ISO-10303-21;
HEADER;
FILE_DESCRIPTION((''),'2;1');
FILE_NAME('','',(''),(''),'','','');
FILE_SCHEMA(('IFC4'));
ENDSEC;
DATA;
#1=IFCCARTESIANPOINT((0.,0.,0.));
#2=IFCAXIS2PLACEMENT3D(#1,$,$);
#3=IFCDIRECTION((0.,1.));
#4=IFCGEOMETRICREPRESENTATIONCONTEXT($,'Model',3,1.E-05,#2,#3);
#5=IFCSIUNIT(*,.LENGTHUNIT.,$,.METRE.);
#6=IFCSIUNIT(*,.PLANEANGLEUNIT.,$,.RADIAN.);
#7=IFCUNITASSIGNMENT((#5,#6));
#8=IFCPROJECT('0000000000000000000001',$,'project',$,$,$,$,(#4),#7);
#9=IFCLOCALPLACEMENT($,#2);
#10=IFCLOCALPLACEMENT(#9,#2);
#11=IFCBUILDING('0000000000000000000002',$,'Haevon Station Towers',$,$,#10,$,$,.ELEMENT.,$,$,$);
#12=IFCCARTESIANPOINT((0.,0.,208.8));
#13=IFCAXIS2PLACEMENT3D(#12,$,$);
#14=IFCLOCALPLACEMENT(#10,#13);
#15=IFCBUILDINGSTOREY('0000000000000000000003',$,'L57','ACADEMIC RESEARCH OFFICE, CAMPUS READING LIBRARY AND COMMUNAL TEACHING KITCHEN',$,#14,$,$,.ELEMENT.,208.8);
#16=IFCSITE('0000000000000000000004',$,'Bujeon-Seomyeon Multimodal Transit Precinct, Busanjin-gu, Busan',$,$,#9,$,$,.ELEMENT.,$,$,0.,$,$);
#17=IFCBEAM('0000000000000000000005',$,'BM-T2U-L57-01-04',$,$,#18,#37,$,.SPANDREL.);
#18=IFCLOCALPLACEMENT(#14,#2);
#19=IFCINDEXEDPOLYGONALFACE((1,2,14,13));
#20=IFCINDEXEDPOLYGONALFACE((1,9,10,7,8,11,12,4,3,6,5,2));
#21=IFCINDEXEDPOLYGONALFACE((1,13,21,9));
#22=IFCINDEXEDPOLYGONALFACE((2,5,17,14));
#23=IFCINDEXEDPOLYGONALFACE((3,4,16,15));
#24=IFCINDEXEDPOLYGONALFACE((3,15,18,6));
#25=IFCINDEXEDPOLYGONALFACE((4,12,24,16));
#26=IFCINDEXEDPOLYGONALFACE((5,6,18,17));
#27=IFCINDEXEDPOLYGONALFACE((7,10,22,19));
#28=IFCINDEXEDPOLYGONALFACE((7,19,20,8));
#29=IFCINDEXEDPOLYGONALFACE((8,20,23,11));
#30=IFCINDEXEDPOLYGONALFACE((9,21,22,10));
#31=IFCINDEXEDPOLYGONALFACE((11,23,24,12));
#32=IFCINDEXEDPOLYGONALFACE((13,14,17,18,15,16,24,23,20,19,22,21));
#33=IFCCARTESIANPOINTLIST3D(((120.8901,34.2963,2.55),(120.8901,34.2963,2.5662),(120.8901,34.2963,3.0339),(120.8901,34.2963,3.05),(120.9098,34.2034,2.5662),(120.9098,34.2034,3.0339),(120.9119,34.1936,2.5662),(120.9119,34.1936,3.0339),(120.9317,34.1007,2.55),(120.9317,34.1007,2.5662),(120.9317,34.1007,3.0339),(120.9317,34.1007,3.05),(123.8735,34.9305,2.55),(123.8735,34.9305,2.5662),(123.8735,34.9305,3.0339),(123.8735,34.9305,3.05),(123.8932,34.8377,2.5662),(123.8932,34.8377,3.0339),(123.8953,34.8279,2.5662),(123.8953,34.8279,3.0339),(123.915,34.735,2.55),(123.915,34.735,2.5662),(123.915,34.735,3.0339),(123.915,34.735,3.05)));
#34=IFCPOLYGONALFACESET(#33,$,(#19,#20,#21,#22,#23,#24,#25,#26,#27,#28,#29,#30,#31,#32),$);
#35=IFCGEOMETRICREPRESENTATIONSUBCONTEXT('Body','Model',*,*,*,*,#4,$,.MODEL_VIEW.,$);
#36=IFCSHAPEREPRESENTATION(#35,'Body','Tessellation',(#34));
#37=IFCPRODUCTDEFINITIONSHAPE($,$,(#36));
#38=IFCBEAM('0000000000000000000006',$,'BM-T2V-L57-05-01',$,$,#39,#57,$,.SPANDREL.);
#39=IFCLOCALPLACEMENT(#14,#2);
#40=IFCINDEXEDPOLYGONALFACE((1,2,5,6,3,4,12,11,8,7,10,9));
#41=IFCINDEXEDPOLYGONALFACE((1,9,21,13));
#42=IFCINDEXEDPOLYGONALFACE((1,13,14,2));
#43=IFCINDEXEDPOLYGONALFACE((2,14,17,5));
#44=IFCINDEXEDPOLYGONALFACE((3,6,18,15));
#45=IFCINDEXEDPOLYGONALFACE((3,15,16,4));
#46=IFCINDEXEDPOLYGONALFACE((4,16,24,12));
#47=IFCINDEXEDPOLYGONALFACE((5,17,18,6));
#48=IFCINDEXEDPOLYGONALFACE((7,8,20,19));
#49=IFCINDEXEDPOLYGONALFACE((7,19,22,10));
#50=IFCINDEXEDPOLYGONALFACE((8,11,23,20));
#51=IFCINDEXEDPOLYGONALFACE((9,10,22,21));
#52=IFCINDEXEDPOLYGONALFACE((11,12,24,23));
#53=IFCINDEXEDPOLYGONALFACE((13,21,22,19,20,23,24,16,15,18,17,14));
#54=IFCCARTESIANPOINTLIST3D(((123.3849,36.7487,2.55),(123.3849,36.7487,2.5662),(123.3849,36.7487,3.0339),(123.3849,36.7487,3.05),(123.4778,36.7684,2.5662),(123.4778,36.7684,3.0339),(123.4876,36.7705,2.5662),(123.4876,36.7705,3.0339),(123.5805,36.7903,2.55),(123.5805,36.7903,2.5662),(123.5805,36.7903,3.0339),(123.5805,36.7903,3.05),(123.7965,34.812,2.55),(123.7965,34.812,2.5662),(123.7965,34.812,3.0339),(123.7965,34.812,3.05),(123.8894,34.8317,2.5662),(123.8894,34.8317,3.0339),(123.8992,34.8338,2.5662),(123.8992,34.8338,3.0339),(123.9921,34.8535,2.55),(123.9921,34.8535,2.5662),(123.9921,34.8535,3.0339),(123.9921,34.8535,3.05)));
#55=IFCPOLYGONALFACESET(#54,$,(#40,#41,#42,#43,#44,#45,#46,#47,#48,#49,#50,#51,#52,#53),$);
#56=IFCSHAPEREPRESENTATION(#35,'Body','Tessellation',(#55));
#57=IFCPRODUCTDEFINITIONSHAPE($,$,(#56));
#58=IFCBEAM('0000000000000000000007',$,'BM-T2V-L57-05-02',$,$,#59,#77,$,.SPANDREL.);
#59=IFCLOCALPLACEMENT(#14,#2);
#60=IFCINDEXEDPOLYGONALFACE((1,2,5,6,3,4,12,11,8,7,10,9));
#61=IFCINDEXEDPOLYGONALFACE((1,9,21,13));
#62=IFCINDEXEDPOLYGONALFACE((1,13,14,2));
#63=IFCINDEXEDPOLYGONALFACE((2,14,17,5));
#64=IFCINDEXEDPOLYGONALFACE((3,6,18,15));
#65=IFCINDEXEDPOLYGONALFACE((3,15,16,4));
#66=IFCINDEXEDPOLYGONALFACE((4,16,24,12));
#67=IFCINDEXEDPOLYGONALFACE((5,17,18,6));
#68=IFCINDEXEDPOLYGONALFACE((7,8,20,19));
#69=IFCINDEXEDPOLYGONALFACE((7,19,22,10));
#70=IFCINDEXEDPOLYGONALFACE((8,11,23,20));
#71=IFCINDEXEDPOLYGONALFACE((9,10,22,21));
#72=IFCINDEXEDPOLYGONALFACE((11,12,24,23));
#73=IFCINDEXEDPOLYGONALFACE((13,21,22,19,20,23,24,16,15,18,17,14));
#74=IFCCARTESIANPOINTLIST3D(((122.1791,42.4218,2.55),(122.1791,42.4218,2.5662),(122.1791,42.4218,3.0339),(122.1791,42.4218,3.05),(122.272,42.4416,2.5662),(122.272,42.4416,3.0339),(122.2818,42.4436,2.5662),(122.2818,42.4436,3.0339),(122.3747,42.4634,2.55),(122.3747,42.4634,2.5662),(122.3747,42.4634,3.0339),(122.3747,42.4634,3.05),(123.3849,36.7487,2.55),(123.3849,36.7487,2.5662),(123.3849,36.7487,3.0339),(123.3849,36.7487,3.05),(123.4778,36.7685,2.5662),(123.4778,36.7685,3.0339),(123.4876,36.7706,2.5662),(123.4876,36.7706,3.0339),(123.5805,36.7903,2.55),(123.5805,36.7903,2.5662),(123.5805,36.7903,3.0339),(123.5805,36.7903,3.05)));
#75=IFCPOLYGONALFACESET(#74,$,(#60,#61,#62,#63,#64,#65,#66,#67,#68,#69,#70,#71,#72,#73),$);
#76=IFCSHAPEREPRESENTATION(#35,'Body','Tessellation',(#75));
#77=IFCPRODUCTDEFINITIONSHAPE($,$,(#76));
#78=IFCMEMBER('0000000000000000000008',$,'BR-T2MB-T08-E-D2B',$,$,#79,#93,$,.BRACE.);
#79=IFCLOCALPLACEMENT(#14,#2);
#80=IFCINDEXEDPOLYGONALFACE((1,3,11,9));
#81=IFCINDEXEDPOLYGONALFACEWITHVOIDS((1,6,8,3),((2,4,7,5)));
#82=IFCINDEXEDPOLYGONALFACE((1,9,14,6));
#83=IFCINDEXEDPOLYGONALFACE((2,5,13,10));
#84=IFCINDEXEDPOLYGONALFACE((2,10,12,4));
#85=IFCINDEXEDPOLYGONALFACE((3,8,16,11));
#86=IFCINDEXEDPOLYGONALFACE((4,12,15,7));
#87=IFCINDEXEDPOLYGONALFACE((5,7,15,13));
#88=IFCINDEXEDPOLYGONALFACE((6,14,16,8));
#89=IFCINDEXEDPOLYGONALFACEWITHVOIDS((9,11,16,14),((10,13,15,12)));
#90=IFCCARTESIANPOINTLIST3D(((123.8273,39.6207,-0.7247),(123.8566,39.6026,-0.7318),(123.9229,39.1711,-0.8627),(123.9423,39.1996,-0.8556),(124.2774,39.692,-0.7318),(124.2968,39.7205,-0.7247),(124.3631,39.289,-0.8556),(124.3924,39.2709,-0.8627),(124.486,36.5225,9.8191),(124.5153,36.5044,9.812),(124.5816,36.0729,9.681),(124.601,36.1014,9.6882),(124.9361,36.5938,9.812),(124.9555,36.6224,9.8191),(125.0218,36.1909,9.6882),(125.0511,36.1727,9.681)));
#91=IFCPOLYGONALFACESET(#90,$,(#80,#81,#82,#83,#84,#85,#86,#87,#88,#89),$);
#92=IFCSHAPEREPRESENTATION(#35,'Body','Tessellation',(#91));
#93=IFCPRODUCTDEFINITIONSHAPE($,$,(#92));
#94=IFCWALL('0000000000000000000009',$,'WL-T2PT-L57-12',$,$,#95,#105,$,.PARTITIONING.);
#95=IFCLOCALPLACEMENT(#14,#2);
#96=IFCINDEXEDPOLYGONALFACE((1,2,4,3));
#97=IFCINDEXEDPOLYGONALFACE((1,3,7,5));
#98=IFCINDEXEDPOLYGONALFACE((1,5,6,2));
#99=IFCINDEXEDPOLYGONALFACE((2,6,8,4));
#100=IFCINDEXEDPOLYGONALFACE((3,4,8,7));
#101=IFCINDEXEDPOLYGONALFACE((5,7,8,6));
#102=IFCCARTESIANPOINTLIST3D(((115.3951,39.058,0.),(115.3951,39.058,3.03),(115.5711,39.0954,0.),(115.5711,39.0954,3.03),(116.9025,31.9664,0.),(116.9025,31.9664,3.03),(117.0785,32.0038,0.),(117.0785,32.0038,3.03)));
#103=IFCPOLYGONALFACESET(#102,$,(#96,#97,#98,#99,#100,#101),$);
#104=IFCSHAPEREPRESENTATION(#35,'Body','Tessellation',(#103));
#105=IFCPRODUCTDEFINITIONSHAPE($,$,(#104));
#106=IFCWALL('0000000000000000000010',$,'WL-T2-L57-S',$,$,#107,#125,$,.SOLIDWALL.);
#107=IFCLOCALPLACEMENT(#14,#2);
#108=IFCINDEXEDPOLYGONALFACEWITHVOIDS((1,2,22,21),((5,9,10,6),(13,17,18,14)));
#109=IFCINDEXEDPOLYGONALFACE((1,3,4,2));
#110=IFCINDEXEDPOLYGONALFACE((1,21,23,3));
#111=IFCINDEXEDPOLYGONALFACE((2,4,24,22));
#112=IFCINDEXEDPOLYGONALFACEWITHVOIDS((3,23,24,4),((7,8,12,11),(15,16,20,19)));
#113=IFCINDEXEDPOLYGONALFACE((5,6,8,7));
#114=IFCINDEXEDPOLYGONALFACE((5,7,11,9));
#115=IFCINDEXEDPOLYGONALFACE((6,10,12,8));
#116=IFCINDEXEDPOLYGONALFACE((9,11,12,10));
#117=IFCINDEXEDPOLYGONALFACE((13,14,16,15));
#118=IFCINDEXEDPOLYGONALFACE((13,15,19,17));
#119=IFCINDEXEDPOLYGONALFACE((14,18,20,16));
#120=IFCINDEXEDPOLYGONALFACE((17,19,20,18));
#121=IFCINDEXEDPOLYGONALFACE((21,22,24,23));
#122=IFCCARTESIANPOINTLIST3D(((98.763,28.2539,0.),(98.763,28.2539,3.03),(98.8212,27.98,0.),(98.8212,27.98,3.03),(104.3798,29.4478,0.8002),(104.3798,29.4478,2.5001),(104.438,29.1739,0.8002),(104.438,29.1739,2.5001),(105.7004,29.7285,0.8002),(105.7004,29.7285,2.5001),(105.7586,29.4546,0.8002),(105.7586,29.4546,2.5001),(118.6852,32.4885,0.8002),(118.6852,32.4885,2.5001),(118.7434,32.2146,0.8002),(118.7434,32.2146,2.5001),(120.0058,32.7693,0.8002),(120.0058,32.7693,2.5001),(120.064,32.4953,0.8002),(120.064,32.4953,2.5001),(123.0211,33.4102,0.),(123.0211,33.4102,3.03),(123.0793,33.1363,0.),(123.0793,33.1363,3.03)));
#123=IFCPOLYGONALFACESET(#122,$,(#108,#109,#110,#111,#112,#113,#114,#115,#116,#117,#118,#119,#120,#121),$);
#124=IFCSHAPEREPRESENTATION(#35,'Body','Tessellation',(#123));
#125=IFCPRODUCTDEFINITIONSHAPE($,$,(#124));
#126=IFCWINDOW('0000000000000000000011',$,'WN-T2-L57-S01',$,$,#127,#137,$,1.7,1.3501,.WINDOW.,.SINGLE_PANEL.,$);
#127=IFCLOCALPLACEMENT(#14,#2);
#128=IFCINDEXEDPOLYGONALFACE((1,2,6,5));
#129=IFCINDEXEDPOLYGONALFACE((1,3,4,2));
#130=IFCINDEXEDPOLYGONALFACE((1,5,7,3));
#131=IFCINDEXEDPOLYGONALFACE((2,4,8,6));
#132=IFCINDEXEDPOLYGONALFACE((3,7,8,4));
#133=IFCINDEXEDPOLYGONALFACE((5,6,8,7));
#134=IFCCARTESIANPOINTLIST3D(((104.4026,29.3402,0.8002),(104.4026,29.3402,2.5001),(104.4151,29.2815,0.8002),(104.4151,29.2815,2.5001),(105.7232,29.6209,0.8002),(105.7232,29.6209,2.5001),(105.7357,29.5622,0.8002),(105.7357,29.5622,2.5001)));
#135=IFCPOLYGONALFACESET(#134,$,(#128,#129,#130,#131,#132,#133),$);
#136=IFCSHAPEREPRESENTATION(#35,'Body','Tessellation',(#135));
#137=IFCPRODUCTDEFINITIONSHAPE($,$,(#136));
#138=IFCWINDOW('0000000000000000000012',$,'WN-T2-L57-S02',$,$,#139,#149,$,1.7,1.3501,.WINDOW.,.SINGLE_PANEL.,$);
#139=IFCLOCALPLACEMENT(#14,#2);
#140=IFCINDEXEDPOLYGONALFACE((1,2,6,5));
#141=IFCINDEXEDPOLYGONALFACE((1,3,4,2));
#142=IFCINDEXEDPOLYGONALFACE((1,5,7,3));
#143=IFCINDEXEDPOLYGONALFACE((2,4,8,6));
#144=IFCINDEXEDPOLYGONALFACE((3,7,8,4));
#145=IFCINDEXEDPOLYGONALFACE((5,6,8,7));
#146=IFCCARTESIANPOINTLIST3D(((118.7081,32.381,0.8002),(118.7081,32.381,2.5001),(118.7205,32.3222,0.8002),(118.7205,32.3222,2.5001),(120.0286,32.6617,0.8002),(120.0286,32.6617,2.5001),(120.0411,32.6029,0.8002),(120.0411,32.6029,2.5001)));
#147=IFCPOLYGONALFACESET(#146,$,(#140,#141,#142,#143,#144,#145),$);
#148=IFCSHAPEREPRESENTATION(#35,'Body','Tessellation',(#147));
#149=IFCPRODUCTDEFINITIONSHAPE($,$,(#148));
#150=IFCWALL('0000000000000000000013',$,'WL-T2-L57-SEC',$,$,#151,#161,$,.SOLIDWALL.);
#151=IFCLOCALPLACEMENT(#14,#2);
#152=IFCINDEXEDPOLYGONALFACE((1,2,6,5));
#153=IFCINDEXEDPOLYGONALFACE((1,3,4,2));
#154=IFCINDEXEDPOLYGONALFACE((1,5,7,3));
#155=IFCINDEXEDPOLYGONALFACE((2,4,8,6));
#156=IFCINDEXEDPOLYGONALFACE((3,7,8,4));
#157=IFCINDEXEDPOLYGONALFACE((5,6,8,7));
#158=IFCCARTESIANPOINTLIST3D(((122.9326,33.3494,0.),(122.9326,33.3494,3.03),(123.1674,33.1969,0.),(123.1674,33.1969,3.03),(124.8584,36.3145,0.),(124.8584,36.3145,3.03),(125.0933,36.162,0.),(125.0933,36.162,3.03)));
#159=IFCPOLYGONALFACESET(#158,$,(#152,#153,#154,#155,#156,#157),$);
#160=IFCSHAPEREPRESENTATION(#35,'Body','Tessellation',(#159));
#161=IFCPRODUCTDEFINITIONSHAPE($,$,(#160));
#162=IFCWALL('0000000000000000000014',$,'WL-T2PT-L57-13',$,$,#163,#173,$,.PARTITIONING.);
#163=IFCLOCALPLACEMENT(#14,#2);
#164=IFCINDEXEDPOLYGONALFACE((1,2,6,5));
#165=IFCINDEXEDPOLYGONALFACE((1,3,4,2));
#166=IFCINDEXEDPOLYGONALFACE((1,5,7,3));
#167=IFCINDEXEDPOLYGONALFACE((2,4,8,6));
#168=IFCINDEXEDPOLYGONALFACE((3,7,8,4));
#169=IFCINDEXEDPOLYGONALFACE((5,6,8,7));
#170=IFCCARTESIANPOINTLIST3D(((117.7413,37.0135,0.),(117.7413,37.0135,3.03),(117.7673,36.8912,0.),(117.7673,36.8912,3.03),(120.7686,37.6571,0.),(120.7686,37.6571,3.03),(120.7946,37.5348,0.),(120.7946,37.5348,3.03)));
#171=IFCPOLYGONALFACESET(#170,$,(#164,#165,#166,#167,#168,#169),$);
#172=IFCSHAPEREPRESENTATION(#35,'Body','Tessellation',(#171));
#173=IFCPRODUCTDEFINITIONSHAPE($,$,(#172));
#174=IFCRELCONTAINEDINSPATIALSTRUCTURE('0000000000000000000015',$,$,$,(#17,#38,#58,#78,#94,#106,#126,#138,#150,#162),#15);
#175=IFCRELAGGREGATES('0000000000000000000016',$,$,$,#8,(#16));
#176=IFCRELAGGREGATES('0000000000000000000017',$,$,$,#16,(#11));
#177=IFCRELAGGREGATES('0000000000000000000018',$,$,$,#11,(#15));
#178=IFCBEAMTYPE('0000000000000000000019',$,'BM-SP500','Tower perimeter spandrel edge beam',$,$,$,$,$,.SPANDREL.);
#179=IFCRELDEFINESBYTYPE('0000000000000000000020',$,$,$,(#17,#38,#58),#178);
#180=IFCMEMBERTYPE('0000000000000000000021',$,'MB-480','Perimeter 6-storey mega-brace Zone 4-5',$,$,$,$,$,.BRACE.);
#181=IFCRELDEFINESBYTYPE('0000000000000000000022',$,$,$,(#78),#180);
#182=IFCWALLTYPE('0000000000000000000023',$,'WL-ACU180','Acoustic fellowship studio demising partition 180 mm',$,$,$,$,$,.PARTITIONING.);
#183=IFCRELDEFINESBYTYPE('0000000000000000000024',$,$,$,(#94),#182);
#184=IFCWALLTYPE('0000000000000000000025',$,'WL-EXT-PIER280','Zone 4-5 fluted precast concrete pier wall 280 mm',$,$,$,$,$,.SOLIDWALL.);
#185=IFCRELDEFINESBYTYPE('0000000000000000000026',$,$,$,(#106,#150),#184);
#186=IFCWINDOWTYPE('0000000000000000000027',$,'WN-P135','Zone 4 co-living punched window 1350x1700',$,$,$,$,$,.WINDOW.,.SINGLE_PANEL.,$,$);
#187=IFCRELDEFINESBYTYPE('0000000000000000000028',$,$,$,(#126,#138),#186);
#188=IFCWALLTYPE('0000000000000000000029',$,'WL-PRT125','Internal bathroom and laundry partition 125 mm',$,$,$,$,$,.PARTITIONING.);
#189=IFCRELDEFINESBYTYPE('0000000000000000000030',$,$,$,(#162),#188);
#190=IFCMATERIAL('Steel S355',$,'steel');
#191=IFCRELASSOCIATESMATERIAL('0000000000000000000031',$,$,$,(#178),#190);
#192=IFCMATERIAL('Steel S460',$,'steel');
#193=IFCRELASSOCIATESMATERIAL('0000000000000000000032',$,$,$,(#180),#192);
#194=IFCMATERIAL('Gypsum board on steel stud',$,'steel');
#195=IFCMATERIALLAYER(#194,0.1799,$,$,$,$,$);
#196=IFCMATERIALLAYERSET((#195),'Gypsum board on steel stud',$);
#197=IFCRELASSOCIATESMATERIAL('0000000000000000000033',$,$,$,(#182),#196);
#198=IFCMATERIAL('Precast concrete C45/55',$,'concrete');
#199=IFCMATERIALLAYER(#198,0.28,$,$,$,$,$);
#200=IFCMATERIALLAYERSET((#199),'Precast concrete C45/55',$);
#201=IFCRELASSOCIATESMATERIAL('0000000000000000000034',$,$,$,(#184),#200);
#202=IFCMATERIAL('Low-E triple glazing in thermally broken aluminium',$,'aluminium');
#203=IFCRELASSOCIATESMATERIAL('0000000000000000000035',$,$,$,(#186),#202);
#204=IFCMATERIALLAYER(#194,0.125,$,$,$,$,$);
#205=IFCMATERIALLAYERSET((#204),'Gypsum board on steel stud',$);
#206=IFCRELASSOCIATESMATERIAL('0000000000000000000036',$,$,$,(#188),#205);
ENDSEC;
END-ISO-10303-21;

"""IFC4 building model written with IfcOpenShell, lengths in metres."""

from ifc_helpers import new_model, si_unit, direction, frame, frame_2d, origin, origin_2d, place, context, subcontext, project, spatial, rectangle, hollow_rectangle, i_section, extrude, material, layer, layer_set, material_profile, profile_set, type_object, element, fill, save


model = new_model("IFC4")

# Units and contexts
model_context = context("Model", 3, precision=1e-05, world=origin(), true_north=direction((0.0, 1.0)))
body_context = subcontext(model_context, "Body", "Model", "MODEL_VIEW")
ifc_project = project(units=[si_unit("LENGTHUNIT", "METRE"), si_unit("PLANEANGLEUNIT", "RADIAN")], contexts=[model_context])

# Site, building, storey
site_placement = place(None, origin())
site = spatial("IfcSite", under=ifc_project, at=site_placement, Name="Bujeon-Seomyeon Multimodal Transit Precinct, Busanjin-gu, Busan", CompositionType="ELEMENT", RefElevation=0.0)
building_placement = place(site_placement, origin())
building = spatial("IfcBuilding", under=site, at=building_placement, Name="Haevon Station Towers", CompositionType="ELEMENT")
storey_placement = place(building_placement, frame((0.0, 0.0, 208.8)))
storey = spatial("IfcBuildingStorey", under=building, at=storey_placement, Name="L57", Description="ACADEMIC RESEARCH OFFICE, CAMPUS READING LIBRARY AND COMMUNAL TEACHING KITCHEN", CompositionType="ELEMENT", Elevation=208.8)

# Shared definitions
ifc_material_1 = material(Name="Steel S460", Category="steel")
ifc_material_2 = material(Name="Steel S355", Category="steel")

# Beams
ifc_material_profile_1 = material_profile(ifc_material_2, i_section(OverallWidth=0.2, OverallDepth=0.5, WebThickness=0.01, FlangeThickness=0.0161, at=origin_2d()), Name="H-500x200x10x16")
ifc_profile_set_1 = profile_set([ifc_material_profile_1], Name="Steel S355")
beam_type_1 = type_object("IfcBeamType", Name="BM-SP500", Description="Tower perimeter spandrel edge beam", PredefinedType="SPANDREL", material=ifc_profile_set_1)
beam_1_placement = place(storey_placement, frame((120.9109, 34.1985, 2.8), z_axis=(0.978139, 0.207954, 0.0), x_axis=(-0.207954, 0.978139, 0.0)))
element("IfcBeam", 1, at=beam_1_placement, inside=storey, type_object=beam_type_1, Name="BM-T2U-L57-01-04", PredefinedType="SPANDREL", context=body_context, shape_type="SweptSolid", body=[
    extrude(i_section(OverallWidth=0.2, OverallDepth=0.5, WebThickness=0.01, FlangeThickness=0.0161, at=origin_2d()), origin(), (0.0, 0.0, 1.0), 3.05),
])
beam_2_placement = place(storey_placement, frame((123.8943, 34.8328, 2.8), z_axis=(-0.207887, 0.978153, 0.0), x_axis=(-0.978153, -0.207887, 0.0)))
element("IfcBeam", 2, at=beam_2_placement, inside=storey, type_object=beam_type_1, Name="BM-T2V-L57-05-01", PredefinedType="SPANDREL", context=body_context, shape_type="SweptSolid", body=[
    extrude(i_section(OverallWidth=0.2, OverallDepth=0.5, WebThickness=0.01, FlangeThickness=0.0161, at=origin_2d()), origin(), (0.0, 0.0, 1.0), 1.98),
])
beam_3_placement = place(storey_placement, frame((123.4827, 36.7695, 2.8), z_axis=(-0.207905, 0.978149, 0.0), x_axis=(-0.978149, -0.207905, 0.0)))
element("IfcBeam", 3, at=beam_3_placement, inside=storey, type_object=beam_type_1, Name="BM-T2V-L57-05-02", PredefinedType="SPANDREL", context=body_context, shape_type="SweptSolid", body=[
    extrude(i_section(OverallWidth=0.2, OverallDepth=0.5, WebThickness=0.01, FlangeThickness=0.0161, at=origin_2d()), origin(), (0.0, 0.0, 1.0), 5.7998),
])

# Member
ifc_material_profile_2 = material_profile(ifc_material_1, hollow_rectangle(XDim=0.48, YDim=0.48, WallThickness=0.0249, at=origin_2d()), Name="RHS-480x480x25")
ifc_profile_set_2 = profile_set([ifc_material_profile_2], Name="Steel S460")
member_type = type_object("IfcMemberType", Name="MB-480", Description="Perimeter 6-storey mega-brace Zone 4-5", PredefinedType="BRACE", material=ifc_profile_set_2)
member_placement = place(storey_placement, frame((124.1099, 39.4458, -0.7937), z_axis=(0.059831, -0.281415, 0.957719), x_axis=(0.978137, 0.20796, 0.0)))
element("IfcMember", 4, at=member_placement, inside=storey, type_object=member_type, Name="BR-T2MB-T08-E-D2B", PredefinedType="BRACE", context=body_context, shape_type="SweptSolid", body=[
    extrude(hollow_rectangle(XDim=0.48, YDim=0.48, WallThickness=0.0249, at=origin_2d()), origin(), (0.0, 0.0, 1.0), 11.0093),
])

# Wall
ifc_material_3 = material(Name="Gypsum board on steel stud", Category="steel")
ifc_layer_1 = layer(ifc_material_3, 0.1799)
ifc_layer_set_1 = layer_set([ifc_layer_1], Name="Gypsum board on steel stud")
wall_type_1 = type_object("IfcWallType", Name="WL-ACU180", Description="Acoustic fellowship studio demising partition 180 mm", PredefinedType="PARTITIONING", material=ifc_layer_set_1)
wall_1_placement = place(storey_placement, frame((116.9905, 31.9851, 0.0), z_axis=(0.0, 0.0, 1.0), x_axis=(-0.207907, 0.978148, 0.0)))
element("IfcWall", 5, at=wall_1_placement, inside=storey, type_object=wall_type_1, Name="WL-T2PT-L57-12", PredefinedType="PARTITIONING", context=body_context, shape_type="SweptSolid", body=[
    extrude(rectangle(XDim=7.25, YDim=0.1799, at=frame_2d((3.625, 0.0))), origin(), (0.0, 0.0, 1.0), 3.03),
])

# Wall, openings, windows
ifc_material_4 = material(Name="Precast concrete C45/55", Category="concrete")
ifc_layer_2 = layer(ifc_material_4, 0.28)
ifc_layer_set_2 = layer_set([ifc_layer_2], Name="Precast concrete C45/55")
wall_type_2 = type_object("IfcWallType", Name="WL-EXT-PIER280", Description="Zone 4-5 fluted precast concrete pier wall 280 mm", PredefinedType="SOLIDWALL", material=ifc_layer_set_2)
wall_2_placement = place(storey_placement, frame((123.05, 33.2732, 0.0), z_axis=(0.0, 0.0, 1.0), x_axis=(-0.978147, -0.207913, 0.0)))
wall_2 = element("IfcWall", 6, at=wall_2_placement, inside=storey, type_object=wall_type_2, Name="WL-T2-L57-S", PredefinedType="SOLIDWALL", context=body_context, shape_type="SweptSolid", body=[
    extrude(rectangle(XDim=24.8, YDim=0.28, at=frame_2d((12.3999, 0.0))), origin(), (0.0, 0.0, 1.0), 3.03),
])
opening_1_placement = place(wall_2_placement, frame((17.7075, 0.0, 0.8)))
opening_1 = element("IfcOpeningElement", 7, at=opening_1_placement, cuts=wall_2, PredefinedType="OPENING", context=body_context, shape_type="SweptSolid", body=[
    extrude(rectangle(XDim=1.3501, YDim=1.7, at=frame_2d((0.675, 0.8501))), frame((0.0, 0.1499, 0.0), z_axis=(0.0, -1.0, 0.0), x_axis=(1.0, 0.0, 0.0)), (0.0, 0.0, 1.0), 0.3),
])
opening_2_placement = place(wall_2_placement, frame((3.0825, 0.0, 0.8)))
opening_2 = element("IfcOpeningElement", 8, at=opening_2_placement, cuts=wall_2, PredefinedType="OPENING", context=body_context, shape_type="SweptSolid", body=[
    extrude(rectangle(XDim=1.3501, YDim=1.7, at=frame_2d((0.675, 0.8501))), frame((0.0, 0.1499, 0.0), z_axis=(0.0, -1.0, 0.0), x_axis=(1.0, 0.0, 0.0)), (0.0, 0.0, 1.0), 0.3),
])
ifc_material_5 = material(Name="Low-E triple glazing in thermally broken aluminium", Category="aluminium")
window_type = type_object("IfcWindowType", Name="WN-P135", Description="Zone 4 co-living punched window 1350x1700", PartitioningType="SINGLE_PANEL", PredefinedType="WINDOW", material=ifc_material_5)
window_1_placement = place(opening_1_placement, origin())
window_1 = element("IfcWindow", 9, at=window_1_placement, inside=storey, type_object=window_type, Name="WN-T2-L57-S01", OverallHeight=1.7, OverallWidth=1.3501, PartitioningType="SINGLE_PANEL", PredefinedType="WINDOW", context=body_context, shape_type="SweptSolid", body=[
    extrude(rectangle(XDim=1.3501, YDim=1.7, at=frame_2d((0.675, 0.8501))), frame((0.0, 0.03, 0.0), z_axis=(0.0, -1.0, 0.0), x_axis=(1.0, 0.0, 0.0)), (0.0, 0.0, 1.0), 0.0601),
])
fill(opening_1, window_1)
window_2_placement = place(opening_2_placement, origin())
window_2 = element("IfcWindow", 10, at=window_2_placement, inside=storey, type_object=window_type, Name="WN-T2-L57-S02", OverallHeight=1.7, OverallWidth=1.3501, PartitioningType="SINGLE_PANEL", PredefinedType="WINDOW", context=body_context, shape_type="SweptSolid", body=[
    extrude(rectangle(XDim=1.3501, YDim=1.7, at=frame_2d((0.675, 0.8501))), frame((0.0, 0.03, 0.0), z_axis=(0.0, -1.0, 0.0), x_axis=(1.0, 0.0, 0.0)), (0.0, 0.0, 1.0), 0.0601),
])
fill(opening_2, window_2)

# Walls
wall_3_placement = place(storey_placement, frame((124.9758, 36.2383, 0.0), z_axis=(0.0, 0.0, 1.0), x_axis=(-0.544685, -0.838641, 0.0)))
element("IfcWall", 11, at=wall_3_placement, inside=storey, type_object=wall_type_2, Name="WL-T2-L57-SEC", PredefinedType="SOLIDWALL", context=body_context, shape_type="SweptSolid", body=[
    extrude(rectangle(XDim=3.5356, YDim=0.28, at=frame_2d((1.7678, 0.0))), origin(), (0.0, 0.0, 1.0), 3.03),
])
ifc_layer_3 = layer(ifc_material_3, 0.125)
ifc_layer_set_3 = layer_set([ifc_layer_3], Name="Gypsum board on steel stud")
wall_type_3 = type_object("IfcWallType", Name="WL-PRT125", Description="Internal bathroom and laundry partition 125 mm", PredefinedType="PARTITIONING", material=ifc_layer_set_3)
wall_4_placement = place(storey_placement, frame((117.7544, 36.9524, 0.0), z_axis=(0.0, 0.0, 1.0), x_axis=(0.978143, 0.207934, 0.0)))
element("IfcWall", 12, at=wall_4_placement, inside=storey, type_object=wall_type_3, Name="WL-T2PT-L57-13", PredefinedType="PARTITIONING", context=body_context, shape_type="SweptSolid", body=[
    extrude(rectangle(XDim=3.095, YDim=0.125, at=frame_2d((1.5474, 0.0))), origin(), (0.0, 0.0, 1.0), 3.03),
])

save(model, "model.ifc")
